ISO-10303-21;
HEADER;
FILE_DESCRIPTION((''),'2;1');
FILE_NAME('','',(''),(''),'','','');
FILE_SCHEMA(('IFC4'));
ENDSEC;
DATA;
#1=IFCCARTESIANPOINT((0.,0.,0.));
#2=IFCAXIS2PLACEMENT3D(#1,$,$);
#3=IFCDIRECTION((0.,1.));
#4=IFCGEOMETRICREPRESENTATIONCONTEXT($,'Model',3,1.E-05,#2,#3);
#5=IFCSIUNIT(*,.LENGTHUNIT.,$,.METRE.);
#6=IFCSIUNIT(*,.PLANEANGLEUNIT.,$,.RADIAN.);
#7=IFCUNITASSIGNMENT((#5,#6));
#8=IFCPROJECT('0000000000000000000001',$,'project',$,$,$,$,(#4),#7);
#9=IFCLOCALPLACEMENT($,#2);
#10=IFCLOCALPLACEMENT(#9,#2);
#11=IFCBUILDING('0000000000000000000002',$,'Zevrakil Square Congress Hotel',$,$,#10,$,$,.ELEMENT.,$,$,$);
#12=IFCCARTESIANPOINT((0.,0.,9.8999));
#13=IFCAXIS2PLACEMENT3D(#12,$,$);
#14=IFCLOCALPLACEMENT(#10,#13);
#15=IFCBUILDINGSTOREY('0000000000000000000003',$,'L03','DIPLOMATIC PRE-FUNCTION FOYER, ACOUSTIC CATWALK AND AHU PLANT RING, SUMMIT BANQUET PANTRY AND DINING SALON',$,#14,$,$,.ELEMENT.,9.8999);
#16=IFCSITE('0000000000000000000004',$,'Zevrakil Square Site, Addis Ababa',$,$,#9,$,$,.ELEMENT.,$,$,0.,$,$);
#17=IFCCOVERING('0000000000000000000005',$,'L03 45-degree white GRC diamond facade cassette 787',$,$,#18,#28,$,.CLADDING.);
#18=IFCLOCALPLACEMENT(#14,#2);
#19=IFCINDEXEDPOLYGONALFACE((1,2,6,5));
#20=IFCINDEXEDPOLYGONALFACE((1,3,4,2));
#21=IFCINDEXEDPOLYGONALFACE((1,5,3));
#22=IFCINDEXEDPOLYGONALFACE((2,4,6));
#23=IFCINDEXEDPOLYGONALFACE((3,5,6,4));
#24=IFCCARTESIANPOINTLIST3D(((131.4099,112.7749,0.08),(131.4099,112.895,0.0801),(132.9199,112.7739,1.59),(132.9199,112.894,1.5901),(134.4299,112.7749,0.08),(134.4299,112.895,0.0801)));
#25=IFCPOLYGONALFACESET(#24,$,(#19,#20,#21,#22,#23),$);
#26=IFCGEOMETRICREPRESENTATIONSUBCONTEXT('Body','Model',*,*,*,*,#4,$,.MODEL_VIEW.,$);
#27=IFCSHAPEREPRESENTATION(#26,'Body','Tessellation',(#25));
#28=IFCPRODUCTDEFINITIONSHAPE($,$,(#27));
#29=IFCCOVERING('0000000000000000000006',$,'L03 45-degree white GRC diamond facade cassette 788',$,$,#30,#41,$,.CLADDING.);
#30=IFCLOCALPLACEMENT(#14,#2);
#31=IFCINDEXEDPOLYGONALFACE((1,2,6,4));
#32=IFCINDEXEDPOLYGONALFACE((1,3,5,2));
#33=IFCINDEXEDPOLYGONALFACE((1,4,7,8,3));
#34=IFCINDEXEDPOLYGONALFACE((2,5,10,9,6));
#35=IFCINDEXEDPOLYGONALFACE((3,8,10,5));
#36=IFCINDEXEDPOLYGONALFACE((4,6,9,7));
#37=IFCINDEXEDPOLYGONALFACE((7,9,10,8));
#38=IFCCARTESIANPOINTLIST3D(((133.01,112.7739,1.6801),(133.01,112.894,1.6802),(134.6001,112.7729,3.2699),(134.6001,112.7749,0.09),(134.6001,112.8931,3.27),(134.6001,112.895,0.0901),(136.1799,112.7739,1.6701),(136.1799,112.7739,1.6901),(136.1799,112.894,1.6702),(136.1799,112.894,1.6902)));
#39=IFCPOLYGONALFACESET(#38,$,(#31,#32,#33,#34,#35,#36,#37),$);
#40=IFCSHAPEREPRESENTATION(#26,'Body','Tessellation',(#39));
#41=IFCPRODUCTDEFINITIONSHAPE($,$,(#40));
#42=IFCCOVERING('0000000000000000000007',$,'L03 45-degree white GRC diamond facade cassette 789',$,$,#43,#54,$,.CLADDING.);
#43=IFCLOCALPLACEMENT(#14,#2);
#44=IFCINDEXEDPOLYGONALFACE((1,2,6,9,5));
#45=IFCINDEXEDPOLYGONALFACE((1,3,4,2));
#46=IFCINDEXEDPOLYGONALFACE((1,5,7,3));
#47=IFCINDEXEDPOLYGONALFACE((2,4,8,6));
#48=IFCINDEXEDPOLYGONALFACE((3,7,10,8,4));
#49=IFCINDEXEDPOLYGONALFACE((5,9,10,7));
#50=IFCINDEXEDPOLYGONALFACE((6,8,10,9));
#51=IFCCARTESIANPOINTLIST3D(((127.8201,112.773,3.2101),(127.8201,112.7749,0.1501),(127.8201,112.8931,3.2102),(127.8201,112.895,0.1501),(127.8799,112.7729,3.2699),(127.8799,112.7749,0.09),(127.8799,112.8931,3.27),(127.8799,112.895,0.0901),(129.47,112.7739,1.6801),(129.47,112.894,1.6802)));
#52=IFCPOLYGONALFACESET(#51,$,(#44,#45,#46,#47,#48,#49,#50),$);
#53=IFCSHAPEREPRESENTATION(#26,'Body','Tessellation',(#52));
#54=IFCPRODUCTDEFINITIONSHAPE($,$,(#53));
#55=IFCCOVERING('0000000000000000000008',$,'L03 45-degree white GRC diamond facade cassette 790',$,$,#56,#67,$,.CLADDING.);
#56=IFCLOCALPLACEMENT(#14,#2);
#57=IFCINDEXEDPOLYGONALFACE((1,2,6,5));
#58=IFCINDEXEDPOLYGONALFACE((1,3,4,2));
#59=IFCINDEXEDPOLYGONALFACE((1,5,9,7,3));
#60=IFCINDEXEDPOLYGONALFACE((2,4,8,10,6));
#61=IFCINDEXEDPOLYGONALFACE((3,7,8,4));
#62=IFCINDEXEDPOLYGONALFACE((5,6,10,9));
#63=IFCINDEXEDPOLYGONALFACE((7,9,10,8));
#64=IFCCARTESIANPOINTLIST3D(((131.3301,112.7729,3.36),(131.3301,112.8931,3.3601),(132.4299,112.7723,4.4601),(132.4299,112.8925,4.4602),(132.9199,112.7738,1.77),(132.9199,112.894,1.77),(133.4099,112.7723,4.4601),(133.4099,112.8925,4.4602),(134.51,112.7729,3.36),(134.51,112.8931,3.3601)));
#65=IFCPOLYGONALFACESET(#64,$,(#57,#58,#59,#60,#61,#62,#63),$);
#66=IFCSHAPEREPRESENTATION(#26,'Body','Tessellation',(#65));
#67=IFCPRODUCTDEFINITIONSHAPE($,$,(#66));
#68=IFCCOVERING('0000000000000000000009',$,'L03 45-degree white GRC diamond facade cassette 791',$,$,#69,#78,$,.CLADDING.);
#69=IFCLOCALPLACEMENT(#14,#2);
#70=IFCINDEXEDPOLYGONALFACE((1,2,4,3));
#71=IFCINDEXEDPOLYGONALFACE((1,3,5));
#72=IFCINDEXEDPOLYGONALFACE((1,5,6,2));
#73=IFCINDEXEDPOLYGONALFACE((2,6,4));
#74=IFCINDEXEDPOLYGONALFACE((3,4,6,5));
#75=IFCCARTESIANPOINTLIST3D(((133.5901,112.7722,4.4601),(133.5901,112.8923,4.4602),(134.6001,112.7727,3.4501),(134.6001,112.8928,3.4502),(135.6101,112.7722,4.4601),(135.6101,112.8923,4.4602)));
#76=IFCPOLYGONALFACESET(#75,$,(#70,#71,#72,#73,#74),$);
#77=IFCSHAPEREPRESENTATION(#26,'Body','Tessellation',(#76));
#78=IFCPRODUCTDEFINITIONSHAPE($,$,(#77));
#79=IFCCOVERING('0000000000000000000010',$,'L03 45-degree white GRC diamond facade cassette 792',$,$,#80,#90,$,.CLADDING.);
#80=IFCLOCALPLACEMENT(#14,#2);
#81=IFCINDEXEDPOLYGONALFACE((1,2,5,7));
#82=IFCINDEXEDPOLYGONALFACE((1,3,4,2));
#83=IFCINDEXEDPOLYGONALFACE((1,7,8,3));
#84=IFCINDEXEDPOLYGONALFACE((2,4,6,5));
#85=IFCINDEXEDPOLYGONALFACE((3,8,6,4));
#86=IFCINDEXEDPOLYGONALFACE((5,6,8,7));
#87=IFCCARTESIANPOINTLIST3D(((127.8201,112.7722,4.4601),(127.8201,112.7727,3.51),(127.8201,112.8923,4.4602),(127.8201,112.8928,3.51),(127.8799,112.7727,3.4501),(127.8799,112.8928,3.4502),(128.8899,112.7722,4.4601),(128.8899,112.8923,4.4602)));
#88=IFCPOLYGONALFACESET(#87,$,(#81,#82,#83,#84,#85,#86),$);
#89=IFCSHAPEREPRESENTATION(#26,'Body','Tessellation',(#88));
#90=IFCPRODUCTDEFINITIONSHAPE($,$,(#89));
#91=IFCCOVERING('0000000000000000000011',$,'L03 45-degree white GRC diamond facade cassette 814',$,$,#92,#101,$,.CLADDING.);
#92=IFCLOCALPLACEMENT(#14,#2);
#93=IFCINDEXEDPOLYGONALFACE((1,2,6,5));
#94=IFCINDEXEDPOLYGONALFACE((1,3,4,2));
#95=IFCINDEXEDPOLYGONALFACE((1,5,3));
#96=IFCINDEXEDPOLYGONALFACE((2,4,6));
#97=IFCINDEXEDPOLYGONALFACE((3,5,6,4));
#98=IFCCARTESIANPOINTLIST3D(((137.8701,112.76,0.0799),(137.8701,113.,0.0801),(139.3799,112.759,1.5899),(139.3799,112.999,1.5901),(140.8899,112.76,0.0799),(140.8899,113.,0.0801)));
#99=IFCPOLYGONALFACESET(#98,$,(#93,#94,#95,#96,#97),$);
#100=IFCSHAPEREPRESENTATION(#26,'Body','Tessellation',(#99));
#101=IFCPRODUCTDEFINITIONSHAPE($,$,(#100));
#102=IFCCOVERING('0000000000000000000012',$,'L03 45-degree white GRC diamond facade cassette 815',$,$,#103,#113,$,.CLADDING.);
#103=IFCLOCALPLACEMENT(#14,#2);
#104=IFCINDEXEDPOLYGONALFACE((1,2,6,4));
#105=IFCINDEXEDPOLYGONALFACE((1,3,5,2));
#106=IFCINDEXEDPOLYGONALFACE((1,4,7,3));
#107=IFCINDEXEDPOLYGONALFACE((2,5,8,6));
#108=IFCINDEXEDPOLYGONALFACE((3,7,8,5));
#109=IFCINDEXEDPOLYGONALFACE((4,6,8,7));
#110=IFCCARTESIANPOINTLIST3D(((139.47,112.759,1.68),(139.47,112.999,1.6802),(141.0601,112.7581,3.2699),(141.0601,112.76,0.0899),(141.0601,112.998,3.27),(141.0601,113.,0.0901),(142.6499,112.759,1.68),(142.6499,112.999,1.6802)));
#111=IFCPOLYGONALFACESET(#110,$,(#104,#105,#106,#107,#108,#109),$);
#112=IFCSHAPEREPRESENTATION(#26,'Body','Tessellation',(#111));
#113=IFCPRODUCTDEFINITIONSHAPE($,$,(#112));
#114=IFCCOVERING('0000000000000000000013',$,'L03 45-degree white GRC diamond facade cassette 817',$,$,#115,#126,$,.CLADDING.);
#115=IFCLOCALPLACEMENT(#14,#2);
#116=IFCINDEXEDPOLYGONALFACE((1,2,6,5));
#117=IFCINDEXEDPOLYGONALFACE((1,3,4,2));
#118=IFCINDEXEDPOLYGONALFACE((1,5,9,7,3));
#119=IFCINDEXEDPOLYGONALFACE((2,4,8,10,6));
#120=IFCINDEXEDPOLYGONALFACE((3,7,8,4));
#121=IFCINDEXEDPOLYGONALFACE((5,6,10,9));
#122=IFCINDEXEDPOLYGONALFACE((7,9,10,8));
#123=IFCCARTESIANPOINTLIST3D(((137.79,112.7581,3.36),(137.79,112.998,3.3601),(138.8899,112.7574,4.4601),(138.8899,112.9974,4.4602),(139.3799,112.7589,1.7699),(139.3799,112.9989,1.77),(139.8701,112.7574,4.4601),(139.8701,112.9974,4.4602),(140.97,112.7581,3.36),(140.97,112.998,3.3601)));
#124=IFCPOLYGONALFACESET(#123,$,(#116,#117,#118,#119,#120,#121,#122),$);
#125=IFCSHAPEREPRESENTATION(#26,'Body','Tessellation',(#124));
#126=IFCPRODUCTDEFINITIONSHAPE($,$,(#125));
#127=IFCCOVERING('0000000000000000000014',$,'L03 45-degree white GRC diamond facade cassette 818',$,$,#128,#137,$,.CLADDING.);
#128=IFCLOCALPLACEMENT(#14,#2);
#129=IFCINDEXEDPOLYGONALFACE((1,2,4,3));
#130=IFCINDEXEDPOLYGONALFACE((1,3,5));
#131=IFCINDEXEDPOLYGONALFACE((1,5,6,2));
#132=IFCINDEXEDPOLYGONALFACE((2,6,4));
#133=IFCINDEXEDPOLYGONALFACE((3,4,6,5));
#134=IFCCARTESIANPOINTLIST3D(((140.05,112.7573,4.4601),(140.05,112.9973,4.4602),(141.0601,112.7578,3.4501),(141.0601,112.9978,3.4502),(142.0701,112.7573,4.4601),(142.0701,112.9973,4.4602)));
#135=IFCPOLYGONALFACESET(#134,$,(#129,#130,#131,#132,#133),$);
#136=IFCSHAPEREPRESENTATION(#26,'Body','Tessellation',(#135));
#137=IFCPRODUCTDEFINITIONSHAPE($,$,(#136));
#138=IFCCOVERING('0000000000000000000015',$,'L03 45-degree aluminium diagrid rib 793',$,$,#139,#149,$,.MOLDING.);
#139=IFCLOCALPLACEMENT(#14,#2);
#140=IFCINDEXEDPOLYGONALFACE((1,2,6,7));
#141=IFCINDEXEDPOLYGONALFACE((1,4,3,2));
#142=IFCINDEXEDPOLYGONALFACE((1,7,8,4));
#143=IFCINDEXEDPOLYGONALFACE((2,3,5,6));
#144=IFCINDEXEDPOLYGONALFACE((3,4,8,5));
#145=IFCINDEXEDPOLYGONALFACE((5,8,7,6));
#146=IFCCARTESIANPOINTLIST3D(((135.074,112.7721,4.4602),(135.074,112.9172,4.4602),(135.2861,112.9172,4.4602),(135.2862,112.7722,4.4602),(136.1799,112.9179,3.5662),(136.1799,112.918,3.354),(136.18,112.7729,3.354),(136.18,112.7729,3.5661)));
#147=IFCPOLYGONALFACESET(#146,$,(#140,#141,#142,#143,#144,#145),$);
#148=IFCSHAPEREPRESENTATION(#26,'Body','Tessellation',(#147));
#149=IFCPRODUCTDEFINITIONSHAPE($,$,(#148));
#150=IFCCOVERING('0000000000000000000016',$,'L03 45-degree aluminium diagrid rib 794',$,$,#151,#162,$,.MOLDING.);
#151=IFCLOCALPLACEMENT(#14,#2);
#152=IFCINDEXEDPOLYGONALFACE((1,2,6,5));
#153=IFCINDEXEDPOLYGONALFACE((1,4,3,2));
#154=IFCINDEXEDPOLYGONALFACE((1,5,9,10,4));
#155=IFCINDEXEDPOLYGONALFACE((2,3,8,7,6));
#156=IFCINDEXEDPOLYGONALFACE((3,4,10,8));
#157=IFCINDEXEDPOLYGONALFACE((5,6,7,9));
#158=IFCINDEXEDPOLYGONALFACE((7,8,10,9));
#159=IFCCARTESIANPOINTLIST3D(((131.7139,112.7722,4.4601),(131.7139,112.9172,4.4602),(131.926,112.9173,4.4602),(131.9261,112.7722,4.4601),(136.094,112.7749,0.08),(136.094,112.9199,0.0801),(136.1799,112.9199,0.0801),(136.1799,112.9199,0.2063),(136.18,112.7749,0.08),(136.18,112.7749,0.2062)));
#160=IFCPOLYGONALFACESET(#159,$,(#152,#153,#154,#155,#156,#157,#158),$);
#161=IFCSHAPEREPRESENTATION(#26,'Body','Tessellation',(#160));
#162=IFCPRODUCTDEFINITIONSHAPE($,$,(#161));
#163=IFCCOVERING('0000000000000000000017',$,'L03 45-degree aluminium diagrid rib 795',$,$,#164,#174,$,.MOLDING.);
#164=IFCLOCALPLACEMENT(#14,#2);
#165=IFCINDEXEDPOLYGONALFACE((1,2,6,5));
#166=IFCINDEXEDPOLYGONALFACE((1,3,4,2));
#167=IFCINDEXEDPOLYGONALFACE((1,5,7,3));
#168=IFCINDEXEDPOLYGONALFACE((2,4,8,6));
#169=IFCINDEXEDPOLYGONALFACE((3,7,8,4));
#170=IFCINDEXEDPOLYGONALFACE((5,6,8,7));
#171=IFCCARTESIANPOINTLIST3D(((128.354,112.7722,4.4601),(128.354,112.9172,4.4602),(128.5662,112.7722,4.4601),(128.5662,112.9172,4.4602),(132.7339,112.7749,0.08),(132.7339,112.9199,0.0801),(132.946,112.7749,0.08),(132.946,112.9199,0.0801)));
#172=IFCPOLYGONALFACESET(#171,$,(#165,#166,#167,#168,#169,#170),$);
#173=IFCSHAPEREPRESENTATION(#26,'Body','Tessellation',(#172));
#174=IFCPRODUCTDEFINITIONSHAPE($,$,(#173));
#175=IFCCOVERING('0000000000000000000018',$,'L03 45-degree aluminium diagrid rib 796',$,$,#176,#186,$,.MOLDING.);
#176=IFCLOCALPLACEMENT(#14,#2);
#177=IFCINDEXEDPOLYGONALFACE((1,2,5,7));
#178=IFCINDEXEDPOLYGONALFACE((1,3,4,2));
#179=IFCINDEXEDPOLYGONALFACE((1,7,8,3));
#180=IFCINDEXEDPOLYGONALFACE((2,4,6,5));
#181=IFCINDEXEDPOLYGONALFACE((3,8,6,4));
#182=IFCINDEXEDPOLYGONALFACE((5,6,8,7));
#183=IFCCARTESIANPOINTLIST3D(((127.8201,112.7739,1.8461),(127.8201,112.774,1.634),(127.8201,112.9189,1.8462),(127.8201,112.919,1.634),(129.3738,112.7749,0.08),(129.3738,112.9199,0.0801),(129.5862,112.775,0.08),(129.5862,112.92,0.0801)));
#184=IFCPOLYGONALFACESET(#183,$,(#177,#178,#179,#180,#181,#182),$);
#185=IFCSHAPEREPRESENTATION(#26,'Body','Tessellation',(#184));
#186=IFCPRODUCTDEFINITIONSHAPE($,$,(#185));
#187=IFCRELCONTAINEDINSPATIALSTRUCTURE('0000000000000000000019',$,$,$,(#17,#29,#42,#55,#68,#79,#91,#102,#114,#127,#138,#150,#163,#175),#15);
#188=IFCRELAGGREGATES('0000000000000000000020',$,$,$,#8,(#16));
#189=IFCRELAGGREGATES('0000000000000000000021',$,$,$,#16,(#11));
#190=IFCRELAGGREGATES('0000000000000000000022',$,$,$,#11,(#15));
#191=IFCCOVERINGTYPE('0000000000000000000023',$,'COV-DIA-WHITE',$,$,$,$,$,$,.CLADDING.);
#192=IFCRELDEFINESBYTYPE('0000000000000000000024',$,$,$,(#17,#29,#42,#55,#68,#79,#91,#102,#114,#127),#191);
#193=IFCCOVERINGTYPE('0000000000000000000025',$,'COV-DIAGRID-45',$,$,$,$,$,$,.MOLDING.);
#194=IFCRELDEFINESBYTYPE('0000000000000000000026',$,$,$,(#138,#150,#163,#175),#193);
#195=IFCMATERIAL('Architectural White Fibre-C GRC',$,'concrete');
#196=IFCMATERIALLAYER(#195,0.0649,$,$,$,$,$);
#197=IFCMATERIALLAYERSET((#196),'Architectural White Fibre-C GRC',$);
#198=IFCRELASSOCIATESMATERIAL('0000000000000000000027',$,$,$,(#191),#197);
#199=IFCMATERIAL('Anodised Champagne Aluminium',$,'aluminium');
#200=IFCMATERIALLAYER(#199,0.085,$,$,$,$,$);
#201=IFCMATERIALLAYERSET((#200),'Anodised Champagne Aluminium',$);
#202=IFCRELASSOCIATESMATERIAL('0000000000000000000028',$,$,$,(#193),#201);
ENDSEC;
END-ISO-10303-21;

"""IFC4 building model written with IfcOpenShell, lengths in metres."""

from ifc_helpers import new_model, si_unit, direction, frame, origin, place, context, subcontext, project, spatial, polyline, outline, extrude, material, layer, layer_set, type_object, element, save


model = new_model("IFC4")

# Units and contexts
model_context = context("Model", 3, precision=1e-05, world=origin(), true_north=direction((0.0, 1.0)))
body_context = subcontext(model_context, "Body", "Model", "MODEL_VIEW")
ifc_project = project(units=[si_unit("LENGTHUNIT", "METRE"), si_unit("PLANEANGLEUNIT", "RADIAN")], contexts=[model_context])

# Site, building, storey
site_placement = place(None, origin())
site = spatial("IfcSite", under=ifc_project, at=site_placement, Name="Zevrakil Square Site, Addis Ababa", CompositionType="ELEMENT", RefElevation=0.0)
building_placement = place(site_placement, origin())
building = spatial("IfcBuilding", under=site, at=building_placement, Name="Zevrakil Square Congress Hotel", CompositionType="ELEMENT")
storey_placement = place(building_placement, frame((0.0, 0.0, 9.8999)))
storey = spatial("IfcBuildingStorey", under=building, at=storey_placement, Name="L03", Description="DIPLOMATIC PRE-FUNCTION FOYER, ACOUSTIC CATWALK AND AHU PLANT RING, SUMMIT BANQUET PANTRY AND DINING SALON", CompositionType="ELEMENT", Elevation=9.8999)

# Coverings
ifc_material_1 = material(Name="Architectural White Fibre-C GRC", Category="concrete")
ifc_layer_1 = layer(ifc_material_1, 0.0649)
ifc_layer_set_1 = layer_set([ifc_layer_1], Name="Architectural White Fibre-C GRC")
covering_type_1 = type_object("IfcCoveringType", Name="COV-DIA-WHITE", PredefinedType="CLADDING", material=ifc_layer_set_1)
covering_1_placement = place(storey_placement, frame((132.9199, 112.894, 1.5901), z_axis=(0.0, 1.0, 0.000647), x_axis=(-0.707107, 0.000457, -0.707107)))
element("IfcCovering", 1, at=covering_1_placement, inside=storey, type_object=covering_type_1, Name="L03 45-degree white GRC diamond facade cassette 787", PredefinedType="CLADDING", context=body_context, shape_type="SweptSolid", body=[
    extrude(outline(polyline([(0.0, 0.0), (2.1355, 0.0), (0.0, -2.1355), (0.0, 0.0)])), origin(), (0.0, 0.0, -1.0), 0.1201),
])
covering_2_placement = place(storey_placement, frame((134.6001, 112.8931, 3.27), z_axis=(0.0, 1.0, 0.000612), x_axis=(-0.707161, 0.000433, -0.707052)))
element("IfcCovering", 2, at=covering_2_placement, inside=storey, type_object=covering_type_1, Name="L03 45-degree white GRC diamond facade cassette 788", PredefinedType="CLADDING", context=body_context, shape_type="SweptSolid", body=[
    extrude(outline(polyline([(0.0, 0.0), (2.2486, 0.0), (2.2484, -2.2487), (0.014, -2.2484), (-0.0002, -2.2342), (0.0, 0.0)])), origin(), (0.0, 0.0, -1.0), 0.1201),
])
covering_3_placement = place(storey_placement, frame((127.8799, 112.895, 0.0901), z_axis=(0.0, 1.0, 0.000615), x_axis=(0.707107, -0.000435, 0.707107)))
element("IfcCovering", 3, at=covering_3_placement, inside=storey, type_object=covering_type_1, Name="L03 45-degree white GRC diamond facade cassette 789", PredefinedType="CLADDING", context=body_context, shape_type="SweptSolid", body=[
    extrude(outline(polyline([(0.0, 0.0), (2.2487, 0.0), (2.2486, -2.2486), (2.164, -2.2486), (0.0002, -0.0848), (0.0, 0.0)])), origin(), (0.0, 0.0, -1.0), 0.1201),
])
covering_4_placement = place(storey_placement, frame((131.3301, 112.8931, 3.3601), z_axis=(0.0, 1.0, 0.000558), x_axis=(0.707052, 0.000395, -0.707161)))
element("IfcCovering", 4, at=covering_4_placement, inside=storey, type_object=covering_type_1, Name="L03 45-degree white GRC diamond facade cassette 790", PredefinedType="CLADDING", context=body_context, shape_type="SweptSolid", body=[
    extrude(outline(polyline([(0.0, 0.0), (2.2486, 0.0), (2.2484, -2.2487), (0.6926, -2.2486), (-0.0003, -1.5556), (0.0, 0.0)])), origin(), (0.0, 0.0, -1.0), 0.1201),
])
covering_5_placement = place(storey_placement, frame((134.6001, 112.8928, 3.4502), z_axis=(0.0, 1.0, 0.000483), x_axis=(0.707107, -0.000342, 0.707107)))
element("IfcCovering", 5, at=covering_5_placement, inside=storey, type_object=covering_type_1, Name="L03 45-degree white GRC diamond facade cassette 791", PredefinedType="CLADDING", context=body_context, shape_type="SweptSolid", body=[
    extrude(outline(polyline([(0.0, 0.0), (1.4284, 0.0), (0.0, -1.4284), (0.0, 0.0)])), origin(), (0.0, 0.0, -1.0), 0.1201),
])
covering_6_placement = place(storey_placement, frame((127.8799, 112.8928, 3.4502), z_axis=(0.000026, 1.0, 0.000485), x_axis=(0.707107, -0.000361, 0.707107)))
element("IfcCovering", 6, at=covering_6_placement, inside=storey, type_object=covering_type_1, Name="L03 45-degree white GRC diamond facade cassette 792", PredefinedType="CLADDING", context=body_context, shape_type="SweptSolid", body=[
    extrude(outline(polyline([(0.0, 0.0), (1.4284, 0.0), (0.6719, -0.7565), (0.0, -0.0846), (0.0, 0.0)])), origin(), (0.0, 0.0, -1.0), 0.1201),
])
covering_7_placement = place(storey_placement, frame((139.3799, 112.999, 1.5901), z_axis=(0.0, 1.0, 0.000647), x_axis=(-0.70705, 0.000457, -0.707164)))
element("IfcCovering", 7, at=covering_7_placement, inside=storey, type_object=covering_type_1, Name="L03 45-degree white GRC diamond facade cassette 814", PredefinedType="CLADDING", context=body_context, shape_type="SweptSolid", body=[
    extrude(outline(polyline([(0.0, 0.0), (2.1353, 0.0), (0.0002, -2.1355), (0.0, 0.0)])), origin(), (0.0, 0.0, -1.0), 0.24),
])
covering_8_placement = place(storey_placement, frame((141.0601, 112.998, 3.27), z_axis=(0.0, 1.0, 0.000614), x_axis=(-0.707161, 0.000434, -0.707052)))
element("IfcCovering", 8, at=covering_8_placement, inside=storey, type_object=covering_type_1, Name="L03 45-degree white GRC diamond facade cassette 815", PredefinedType="CLADDING", context=body_context, shape_type="SweptSolid", body=[
    extrude(outline(polyline([(0.0, 0.0), (2.2486, 0.0), (2.2484, -2.2487), (-0.0002, -2.2484), (0.0, 0.0)])), origin(), (0.0, 0.0, -1.0), 0.24),
])
covering_9_placement = place(storey_placement, frame((137.79, 112.998, 3.3601), z_axis=(0.0, 1.0, 0.000558), x_axis=(0.707052, 0.000395, -0.707161)))
element("IfcCovering", 9, at=covering_9_placement, inside=storey, type_object=covering_type_1, Name="L03 45-degree white GRC diamond facade cassette 817", PredefinedType="CLADDING", context=body_context, shape_type="SweptSolid", body=[
    extrude(outline(polyline([(0.0, 0.0), (2.2486, 0.0), (2.2484, -2.2487), (0.6928, -2.2488), (-0.0003, -1.5556), (0.0, 0.0)])), origin(), (0.0, 0.0, -1.0), 0.24),
])
covering_10_placement = place(storey_placement, frame((141.0601, 112.9978, 3.4502), z_axis=(0.0, 1.0, 0.000483), x_axis=(0.707107, -0.000342, 0.707107)))
element("IfcCovering", 10, at=covering_10_placement, inside=storey, type_object=covering_type_1, Name="L03 45-degree white GRC diamond facade cassette 818", PredefinedType="CLADDING", context=body_context, shape_type="SweptSolid", body=[
    extrude(outline(polyline([(0.0, 0.0), (1.4284, 0.0), (0.0, -1.4284), (0.0, 0.0)])), origin(), (0.0, 0.0, -1.0), 0.24),
])
ifc_material_2 = material(Name="Anodised Champagne Aluminium", Category="aluminium")
ifc_layer_2 = layer(ifc_material_2, 0.085)
ifc_layer_set_2 = layer_set([ifc_layer_2], Name="Anodised Champagne Aluminium")
covering_type_2 = type_object("IfcCoveringType", Name="COV-DIAGRID-45", PredefinedType="MOLDING", material=ifc_layer_set_2)
covering_11_placement = place(storey_placement, frame((136.1799, 112.918, 3.354), z_axis=(-0.000366, 1.0, 0.000366), x_axis=(0.0, -0.000366, 1.0)))
element("IfcCovering", 11, at=covering_11_placement, inside=storey, type_object=covering_type_2, Name="L03 45-degree aluminium diagrid rib 793", PredefinedType="MOLDING", context=body_context, shape_type="SweptSolid", body=[
    extrude(outline(polyline([(0.0, 0.0), (0.2122, 0.0), (1.1062, -0.8938), (1.1062, -1.106), (0.0, 0.0)])), origin(), (0.0, 0.0, -1.0), 0.145),
])
covering_12_placement = place(storey_placement, frame((136.094, 112.9199, 0.0801), z_axis=(-0.000184, 1.0, 0.000434), x_axis=(1.0, 0.000184, 0.0)))
element("IfcCovering", 12, at=covering_12_placement, inside=storey, type_object=covering_type_2, Name="L03 45-degree aluminium diagrid rib 794", PredefinedType="MOLDING", context=body_context, shape_type="SweptSolid", body=[
    extrude(outline(polyline([(0.0, 0.0), (0.0859, 0.0), (0.0859, -0.1262), (-4.168, -4.3801), (-4.3801, -4.3801), (0.0, 0.0)])), origin(), (0.0, 0.0, -1.0), 0.145),
])
covering_13_placement = place(storey_placement, frame((132.7339, 112.9199, 0.0801), z_axis=(0.0, 1.0, 0.000613), x_axis=(1.0, 0.0, 0.0)))
element("IfcCovering", 13, at=covering_13_placement, inside=storey, type_object=covering_type_2, Name="L03 45-degree aluminium diagrid rib 795", PredefinedType="MOLDING", context=body_context, shape_type="SweptSolid", body=[
    extrude(outline(polyline([(0.0, 0.0), (0.2122, 0.0), (-4.1677, -4.3801), (-4.3799, -4.3801), (0.0, 0.0)])), origin(), (0.0, 0.0, -1.0), 0.145),
])
covering_14_placement = place(storey_placement, frame((129.3738, 112.9199, 0.0801), z_axis=(-0.000294, 1.0, 0.000294), x_axis=(1.0, 0.000294, 0.0)))
element("IfcCovering", 14, at=covering_14_placement, inside=storey, type_object=covering_type_2, Name="L03 45-degree aluminium diagrid rib 796", PredefinedType="MOLDING", context=body_context, shape_type="SweptSolid", body=[
    extrude(outline(polyline([(0.0, 0.0), (0.2124, 0.0), (-1.5537, -1.7661), (-1.5537, -1.554), (0.0, 0.0)])), origin(), (0.0, 0.0, -1.0), 0.145),
])

save(model, "model.ifc")
